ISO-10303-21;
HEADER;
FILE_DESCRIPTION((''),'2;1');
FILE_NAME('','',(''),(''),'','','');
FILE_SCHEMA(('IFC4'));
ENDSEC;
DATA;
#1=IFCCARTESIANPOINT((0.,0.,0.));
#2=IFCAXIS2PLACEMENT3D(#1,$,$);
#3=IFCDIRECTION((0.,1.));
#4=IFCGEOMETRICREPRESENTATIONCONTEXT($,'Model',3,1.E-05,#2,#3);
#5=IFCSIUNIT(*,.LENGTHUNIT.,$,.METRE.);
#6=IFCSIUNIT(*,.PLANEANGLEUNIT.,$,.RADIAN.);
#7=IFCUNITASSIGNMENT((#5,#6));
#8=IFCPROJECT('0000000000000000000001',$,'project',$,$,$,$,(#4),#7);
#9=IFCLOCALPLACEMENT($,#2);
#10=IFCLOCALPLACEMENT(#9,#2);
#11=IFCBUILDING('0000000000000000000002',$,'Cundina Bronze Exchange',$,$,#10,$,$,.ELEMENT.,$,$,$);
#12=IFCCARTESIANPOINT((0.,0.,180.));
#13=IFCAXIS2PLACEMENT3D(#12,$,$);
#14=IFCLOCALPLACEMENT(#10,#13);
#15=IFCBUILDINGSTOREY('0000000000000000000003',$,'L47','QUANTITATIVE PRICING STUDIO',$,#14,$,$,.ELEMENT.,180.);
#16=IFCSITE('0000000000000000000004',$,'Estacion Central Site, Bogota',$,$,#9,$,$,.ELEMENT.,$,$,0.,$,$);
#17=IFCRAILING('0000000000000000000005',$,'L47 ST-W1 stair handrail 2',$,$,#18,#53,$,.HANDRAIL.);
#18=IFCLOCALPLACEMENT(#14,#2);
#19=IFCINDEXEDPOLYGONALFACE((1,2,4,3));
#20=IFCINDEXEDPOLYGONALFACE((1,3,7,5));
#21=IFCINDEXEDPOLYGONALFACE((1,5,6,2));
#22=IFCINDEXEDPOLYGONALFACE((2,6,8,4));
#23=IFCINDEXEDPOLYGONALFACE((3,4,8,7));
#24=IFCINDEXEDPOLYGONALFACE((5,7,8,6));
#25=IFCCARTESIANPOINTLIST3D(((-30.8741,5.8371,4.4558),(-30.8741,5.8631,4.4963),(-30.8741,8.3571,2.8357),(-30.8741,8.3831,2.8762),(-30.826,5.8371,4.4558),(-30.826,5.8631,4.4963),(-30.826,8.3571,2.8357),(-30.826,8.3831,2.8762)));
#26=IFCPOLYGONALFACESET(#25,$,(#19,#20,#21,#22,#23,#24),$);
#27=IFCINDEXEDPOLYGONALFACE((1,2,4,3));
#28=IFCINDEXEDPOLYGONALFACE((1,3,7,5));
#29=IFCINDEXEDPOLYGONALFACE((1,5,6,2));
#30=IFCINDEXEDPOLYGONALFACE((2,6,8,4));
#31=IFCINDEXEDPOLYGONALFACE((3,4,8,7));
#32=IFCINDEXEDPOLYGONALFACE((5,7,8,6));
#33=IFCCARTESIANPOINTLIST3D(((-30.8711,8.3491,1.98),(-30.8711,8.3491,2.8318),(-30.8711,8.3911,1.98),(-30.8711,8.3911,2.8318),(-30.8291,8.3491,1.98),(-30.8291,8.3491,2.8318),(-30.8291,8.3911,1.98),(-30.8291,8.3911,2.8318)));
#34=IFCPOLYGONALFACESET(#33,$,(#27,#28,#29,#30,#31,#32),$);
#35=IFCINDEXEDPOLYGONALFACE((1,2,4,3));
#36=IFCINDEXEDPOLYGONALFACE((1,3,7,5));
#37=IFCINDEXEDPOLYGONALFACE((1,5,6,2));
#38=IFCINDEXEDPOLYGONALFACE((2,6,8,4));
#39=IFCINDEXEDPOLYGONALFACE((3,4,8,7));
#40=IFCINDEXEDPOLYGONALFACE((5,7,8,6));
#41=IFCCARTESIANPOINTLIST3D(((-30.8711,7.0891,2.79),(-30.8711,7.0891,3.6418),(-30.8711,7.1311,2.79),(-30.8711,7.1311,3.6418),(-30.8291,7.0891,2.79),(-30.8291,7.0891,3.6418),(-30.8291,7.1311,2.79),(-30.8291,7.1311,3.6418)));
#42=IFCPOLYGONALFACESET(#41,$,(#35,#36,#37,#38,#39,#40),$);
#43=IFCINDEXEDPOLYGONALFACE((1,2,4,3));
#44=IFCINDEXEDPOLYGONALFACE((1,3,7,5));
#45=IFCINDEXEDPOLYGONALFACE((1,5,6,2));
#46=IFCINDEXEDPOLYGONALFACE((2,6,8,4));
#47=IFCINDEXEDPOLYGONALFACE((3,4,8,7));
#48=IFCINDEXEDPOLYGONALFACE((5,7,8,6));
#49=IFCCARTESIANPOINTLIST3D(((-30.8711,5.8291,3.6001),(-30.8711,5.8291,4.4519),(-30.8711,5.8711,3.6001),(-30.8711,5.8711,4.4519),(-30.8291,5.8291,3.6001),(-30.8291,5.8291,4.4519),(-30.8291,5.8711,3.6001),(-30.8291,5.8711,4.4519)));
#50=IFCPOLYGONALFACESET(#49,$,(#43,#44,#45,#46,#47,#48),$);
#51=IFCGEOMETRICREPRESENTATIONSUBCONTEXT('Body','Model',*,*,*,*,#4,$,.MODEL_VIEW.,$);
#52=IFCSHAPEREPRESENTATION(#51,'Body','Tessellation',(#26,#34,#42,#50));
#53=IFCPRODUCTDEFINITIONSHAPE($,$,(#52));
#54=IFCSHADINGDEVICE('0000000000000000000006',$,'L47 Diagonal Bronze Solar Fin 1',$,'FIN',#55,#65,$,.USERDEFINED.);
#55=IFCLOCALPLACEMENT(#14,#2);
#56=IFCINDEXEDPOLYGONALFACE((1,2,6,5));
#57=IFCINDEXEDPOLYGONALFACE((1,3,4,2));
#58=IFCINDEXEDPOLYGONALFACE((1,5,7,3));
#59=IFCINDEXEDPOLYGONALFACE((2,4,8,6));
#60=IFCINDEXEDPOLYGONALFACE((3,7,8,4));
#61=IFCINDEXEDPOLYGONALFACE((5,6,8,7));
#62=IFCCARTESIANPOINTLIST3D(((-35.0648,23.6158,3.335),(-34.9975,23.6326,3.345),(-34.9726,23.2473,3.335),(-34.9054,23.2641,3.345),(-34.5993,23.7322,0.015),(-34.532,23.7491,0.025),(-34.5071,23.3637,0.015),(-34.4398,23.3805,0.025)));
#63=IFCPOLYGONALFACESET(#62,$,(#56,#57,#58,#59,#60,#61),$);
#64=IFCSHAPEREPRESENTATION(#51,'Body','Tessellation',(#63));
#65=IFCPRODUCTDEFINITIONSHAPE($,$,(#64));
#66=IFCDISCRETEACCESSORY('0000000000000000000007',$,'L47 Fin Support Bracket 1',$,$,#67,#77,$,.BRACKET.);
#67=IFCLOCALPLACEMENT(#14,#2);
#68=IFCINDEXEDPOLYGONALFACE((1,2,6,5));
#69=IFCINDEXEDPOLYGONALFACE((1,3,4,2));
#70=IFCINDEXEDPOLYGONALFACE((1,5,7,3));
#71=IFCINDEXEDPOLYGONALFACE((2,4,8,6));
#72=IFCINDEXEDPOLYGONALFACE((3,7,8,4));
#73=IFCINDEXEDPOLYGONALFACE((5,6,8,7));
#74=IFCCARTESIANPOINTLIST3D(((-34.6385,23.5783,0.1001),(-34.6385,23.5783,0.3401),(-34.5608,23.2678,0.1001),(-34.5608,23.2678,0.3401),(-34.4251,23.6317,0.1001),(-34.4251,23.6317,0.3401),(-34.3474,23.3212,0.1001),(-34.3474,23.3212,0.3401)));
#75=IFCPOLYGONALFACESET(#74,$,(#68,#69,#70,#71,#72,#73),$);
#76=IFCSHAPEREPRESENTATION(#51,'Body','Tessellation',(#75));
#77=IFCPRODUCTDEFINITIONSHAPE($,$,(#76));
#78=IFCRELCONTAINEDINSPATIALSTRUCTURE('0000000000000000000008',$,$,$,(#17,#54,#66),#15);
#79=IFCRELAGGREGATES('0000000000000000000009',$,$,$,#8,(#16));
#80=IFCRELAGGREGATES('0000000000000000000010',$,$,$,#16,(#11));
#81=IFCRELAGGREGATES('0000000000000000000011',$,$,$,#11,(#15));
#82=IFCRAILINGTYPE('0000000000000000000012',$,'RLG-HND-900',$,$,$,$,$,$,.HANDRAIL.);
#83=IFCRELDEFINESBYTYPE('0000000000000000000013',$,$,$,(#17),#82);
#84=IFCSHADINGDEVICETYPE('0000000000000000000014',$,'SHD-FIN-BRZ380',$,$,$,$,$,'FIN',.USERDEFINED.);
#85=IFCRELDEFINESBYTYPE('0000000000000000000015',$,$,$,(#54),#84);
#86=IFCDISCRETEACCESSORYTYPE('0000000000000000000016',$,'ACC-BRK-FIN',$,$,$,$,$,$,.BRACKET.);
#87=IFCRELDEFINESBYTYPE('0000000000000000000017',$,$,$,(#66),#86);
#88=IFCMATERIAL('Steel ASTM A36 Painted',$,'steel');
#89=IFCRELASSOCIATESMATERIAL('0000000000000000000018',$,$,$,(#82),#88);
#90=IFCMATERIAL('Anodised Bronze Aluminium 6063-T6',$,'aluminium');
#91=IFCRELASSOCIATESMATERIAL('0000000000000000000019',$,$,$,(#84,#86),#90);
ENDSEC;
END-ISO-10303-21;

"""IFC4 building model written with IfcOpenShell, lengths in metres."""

from ifc_helpers import new_model, si_unit, direction, frame, origin, origin_2d, place, context, subcontext, project, spatial, rectangle, extrude, material, material_profile, profile_set, type_object, element, save


model = new_model("IFC4")

# Units and contexts
model_context = context("Model", 3, precision=1e-05, world=origin(), true_north=direction((0.0, 1.0)))
body_context = subcontext(model_context, "Body", "Model", "MODEL_VIEW")
ifc_project = project(units=[si_unit("LENGTHUNIT", "METRE"), si_unit("PLANEANGLEUNIT", "RADIAN")], contexts=[model_context])

# Site, building, storey
site_placement = place(None, origin())
site = spatial("IfcSite", under=ifc_project, at=site_placement, Name="Estacion Central Site, Bogota", CompositionType="ELEMENT", RefElevation=0.0)
building_placement = place(site_placement, origin())
building = spatial("IfcBuilding", under=site, at=building_placement, Name="Cundina Bronze Exchange", CompositionType="ELEMENT")
storey_placement = place(building_placement, frame((0.0, 0.0, 180.0)))
storey = spatial("IfcBuildingStorey", under=building, at=storey_placement, Name="L47", Description="QUANTITATIVE PRICING STUDIO", CompositionType="ELEMENT", Elevation=180.0)

# Shared definitions
ifc_material_1 = material(Name="Anodised Bronze Aluminium 6063-T6", Category="aluminium")

# Shared definitions
ifc_material_2 = material(Name="Steel ASTM A36 Painted", Category="steel")

# Railing
railing_type = type_object("IfcRailingType", Name="RLG-HND-900", PredefinedType="HANDRAIL", material=ifc_material_2)
railing_placement = place(storey_placement, frame((-30.8501, 8.3701, 1.98)))
element("IfcRailing", 1, at=railing_placement, inside=storey, type_object=railing_type, Name="L47 ST-W1 stair handrail 2", PredefinedType="HANDRAIL", context=body_context, shape_type="SweptSolid", body=[
    extrude(rectangle(XDim=0.0481, YDim=0.0481, at=origin_2d()), frame((0.0, 0.0, 0.876), z_axis=(0.0, -0.841163, 0.540782), x_axis=(1.0, 0.0, 0.0)), (0.0, 0.0, 1.0), 2.9958),
    extrude(rectangle(XDim=0.042, YDim=0.042, at=origin_2d()), origin(), (0.0, 0.0, 1.0), 0.8518),
    extrude(rectangle(XDim=0.042, YDim=0.042, at=origin_2d()), frame((0.0, -1.26, 0.8101)), (0.0, 0.0, 1.0), 0.8518),
    extrude(rectangle(XDim=0.042, YDim=0.042, at=origin_2d()), frame((0.0, -2.52, 1.6201)), (0.0, 0.0, 1.0), 0.8518),
])

# Shading device
ifc_material_profile_1 = material_profile(ifc_material_1, rectangle(XDim=0.0701, YDim=0.3799, at=origin_2d()), Name="FIN70X380", Category="aluminium")
ifc_profile_set_1 = profile_set([ifc_material_profile_1], Name="Anodised Bronze Aluminium 6063-T6")
shading_device_type = type_object("IfcShadingDeviceType", Name="SHD-FIN-BRZ380", ElementType="FIN", PredefinedType="USERDEFINED", material=ifc_profile_set_1)
shading_device_placement = place(storey_placement, frame((-34.5195, 23.5564, 0.02), z_axis=(-0.138788, -0.034715, 0.989713), x_axis=(0.960133, 0.240159, 0.143064)))
element("IfcShadingDevice", 2, at=shading_device_placement, inside=storey, type_object=shading_device_type, Name="L47 Diagonal Bronze Solar Fin 1", ObjectType="FIN", PredefinedType="USERDEFINED", context=body_context, shape_type="SweptSolid", body=[
    extrude(rectangle(XDim=0.0701, YDim=0.3799, at=origin_2d()), origin(), (0.0, 0.0, 1.0), 3.3545),
])

# Discrete accessory
discrete_accessory_type = type_object("IfcDiscreteAccessoryType", Name="ACC-BRK-FIN", PredefinedType="BRACKET", material=ifc_material_1)
discrete_accessory_placement = place(storey_placement, frame((-34.4929, 23.4497, 0.1001), z_axis=(0.0, 0.0, 1.0), x_axis=(-0.970093, -0.242735, 0.0)))
element("IfcDiscreteAccessory", 3, at=discrete_accessory_placement, inside=storey, type_object=discrete_accessory_type, Name="L47 Fin Support Bracket 1", PredefinedType="BRACKET", context=body_context, shape_type="SweptSolid", body=[
    extrude(rectangle(XDim=0.22, YDim=0.3201, at=origin_2d()), origin(), (0.0, 0.0, 1.0), 0.24),
])

save(model, "model.ifc")
